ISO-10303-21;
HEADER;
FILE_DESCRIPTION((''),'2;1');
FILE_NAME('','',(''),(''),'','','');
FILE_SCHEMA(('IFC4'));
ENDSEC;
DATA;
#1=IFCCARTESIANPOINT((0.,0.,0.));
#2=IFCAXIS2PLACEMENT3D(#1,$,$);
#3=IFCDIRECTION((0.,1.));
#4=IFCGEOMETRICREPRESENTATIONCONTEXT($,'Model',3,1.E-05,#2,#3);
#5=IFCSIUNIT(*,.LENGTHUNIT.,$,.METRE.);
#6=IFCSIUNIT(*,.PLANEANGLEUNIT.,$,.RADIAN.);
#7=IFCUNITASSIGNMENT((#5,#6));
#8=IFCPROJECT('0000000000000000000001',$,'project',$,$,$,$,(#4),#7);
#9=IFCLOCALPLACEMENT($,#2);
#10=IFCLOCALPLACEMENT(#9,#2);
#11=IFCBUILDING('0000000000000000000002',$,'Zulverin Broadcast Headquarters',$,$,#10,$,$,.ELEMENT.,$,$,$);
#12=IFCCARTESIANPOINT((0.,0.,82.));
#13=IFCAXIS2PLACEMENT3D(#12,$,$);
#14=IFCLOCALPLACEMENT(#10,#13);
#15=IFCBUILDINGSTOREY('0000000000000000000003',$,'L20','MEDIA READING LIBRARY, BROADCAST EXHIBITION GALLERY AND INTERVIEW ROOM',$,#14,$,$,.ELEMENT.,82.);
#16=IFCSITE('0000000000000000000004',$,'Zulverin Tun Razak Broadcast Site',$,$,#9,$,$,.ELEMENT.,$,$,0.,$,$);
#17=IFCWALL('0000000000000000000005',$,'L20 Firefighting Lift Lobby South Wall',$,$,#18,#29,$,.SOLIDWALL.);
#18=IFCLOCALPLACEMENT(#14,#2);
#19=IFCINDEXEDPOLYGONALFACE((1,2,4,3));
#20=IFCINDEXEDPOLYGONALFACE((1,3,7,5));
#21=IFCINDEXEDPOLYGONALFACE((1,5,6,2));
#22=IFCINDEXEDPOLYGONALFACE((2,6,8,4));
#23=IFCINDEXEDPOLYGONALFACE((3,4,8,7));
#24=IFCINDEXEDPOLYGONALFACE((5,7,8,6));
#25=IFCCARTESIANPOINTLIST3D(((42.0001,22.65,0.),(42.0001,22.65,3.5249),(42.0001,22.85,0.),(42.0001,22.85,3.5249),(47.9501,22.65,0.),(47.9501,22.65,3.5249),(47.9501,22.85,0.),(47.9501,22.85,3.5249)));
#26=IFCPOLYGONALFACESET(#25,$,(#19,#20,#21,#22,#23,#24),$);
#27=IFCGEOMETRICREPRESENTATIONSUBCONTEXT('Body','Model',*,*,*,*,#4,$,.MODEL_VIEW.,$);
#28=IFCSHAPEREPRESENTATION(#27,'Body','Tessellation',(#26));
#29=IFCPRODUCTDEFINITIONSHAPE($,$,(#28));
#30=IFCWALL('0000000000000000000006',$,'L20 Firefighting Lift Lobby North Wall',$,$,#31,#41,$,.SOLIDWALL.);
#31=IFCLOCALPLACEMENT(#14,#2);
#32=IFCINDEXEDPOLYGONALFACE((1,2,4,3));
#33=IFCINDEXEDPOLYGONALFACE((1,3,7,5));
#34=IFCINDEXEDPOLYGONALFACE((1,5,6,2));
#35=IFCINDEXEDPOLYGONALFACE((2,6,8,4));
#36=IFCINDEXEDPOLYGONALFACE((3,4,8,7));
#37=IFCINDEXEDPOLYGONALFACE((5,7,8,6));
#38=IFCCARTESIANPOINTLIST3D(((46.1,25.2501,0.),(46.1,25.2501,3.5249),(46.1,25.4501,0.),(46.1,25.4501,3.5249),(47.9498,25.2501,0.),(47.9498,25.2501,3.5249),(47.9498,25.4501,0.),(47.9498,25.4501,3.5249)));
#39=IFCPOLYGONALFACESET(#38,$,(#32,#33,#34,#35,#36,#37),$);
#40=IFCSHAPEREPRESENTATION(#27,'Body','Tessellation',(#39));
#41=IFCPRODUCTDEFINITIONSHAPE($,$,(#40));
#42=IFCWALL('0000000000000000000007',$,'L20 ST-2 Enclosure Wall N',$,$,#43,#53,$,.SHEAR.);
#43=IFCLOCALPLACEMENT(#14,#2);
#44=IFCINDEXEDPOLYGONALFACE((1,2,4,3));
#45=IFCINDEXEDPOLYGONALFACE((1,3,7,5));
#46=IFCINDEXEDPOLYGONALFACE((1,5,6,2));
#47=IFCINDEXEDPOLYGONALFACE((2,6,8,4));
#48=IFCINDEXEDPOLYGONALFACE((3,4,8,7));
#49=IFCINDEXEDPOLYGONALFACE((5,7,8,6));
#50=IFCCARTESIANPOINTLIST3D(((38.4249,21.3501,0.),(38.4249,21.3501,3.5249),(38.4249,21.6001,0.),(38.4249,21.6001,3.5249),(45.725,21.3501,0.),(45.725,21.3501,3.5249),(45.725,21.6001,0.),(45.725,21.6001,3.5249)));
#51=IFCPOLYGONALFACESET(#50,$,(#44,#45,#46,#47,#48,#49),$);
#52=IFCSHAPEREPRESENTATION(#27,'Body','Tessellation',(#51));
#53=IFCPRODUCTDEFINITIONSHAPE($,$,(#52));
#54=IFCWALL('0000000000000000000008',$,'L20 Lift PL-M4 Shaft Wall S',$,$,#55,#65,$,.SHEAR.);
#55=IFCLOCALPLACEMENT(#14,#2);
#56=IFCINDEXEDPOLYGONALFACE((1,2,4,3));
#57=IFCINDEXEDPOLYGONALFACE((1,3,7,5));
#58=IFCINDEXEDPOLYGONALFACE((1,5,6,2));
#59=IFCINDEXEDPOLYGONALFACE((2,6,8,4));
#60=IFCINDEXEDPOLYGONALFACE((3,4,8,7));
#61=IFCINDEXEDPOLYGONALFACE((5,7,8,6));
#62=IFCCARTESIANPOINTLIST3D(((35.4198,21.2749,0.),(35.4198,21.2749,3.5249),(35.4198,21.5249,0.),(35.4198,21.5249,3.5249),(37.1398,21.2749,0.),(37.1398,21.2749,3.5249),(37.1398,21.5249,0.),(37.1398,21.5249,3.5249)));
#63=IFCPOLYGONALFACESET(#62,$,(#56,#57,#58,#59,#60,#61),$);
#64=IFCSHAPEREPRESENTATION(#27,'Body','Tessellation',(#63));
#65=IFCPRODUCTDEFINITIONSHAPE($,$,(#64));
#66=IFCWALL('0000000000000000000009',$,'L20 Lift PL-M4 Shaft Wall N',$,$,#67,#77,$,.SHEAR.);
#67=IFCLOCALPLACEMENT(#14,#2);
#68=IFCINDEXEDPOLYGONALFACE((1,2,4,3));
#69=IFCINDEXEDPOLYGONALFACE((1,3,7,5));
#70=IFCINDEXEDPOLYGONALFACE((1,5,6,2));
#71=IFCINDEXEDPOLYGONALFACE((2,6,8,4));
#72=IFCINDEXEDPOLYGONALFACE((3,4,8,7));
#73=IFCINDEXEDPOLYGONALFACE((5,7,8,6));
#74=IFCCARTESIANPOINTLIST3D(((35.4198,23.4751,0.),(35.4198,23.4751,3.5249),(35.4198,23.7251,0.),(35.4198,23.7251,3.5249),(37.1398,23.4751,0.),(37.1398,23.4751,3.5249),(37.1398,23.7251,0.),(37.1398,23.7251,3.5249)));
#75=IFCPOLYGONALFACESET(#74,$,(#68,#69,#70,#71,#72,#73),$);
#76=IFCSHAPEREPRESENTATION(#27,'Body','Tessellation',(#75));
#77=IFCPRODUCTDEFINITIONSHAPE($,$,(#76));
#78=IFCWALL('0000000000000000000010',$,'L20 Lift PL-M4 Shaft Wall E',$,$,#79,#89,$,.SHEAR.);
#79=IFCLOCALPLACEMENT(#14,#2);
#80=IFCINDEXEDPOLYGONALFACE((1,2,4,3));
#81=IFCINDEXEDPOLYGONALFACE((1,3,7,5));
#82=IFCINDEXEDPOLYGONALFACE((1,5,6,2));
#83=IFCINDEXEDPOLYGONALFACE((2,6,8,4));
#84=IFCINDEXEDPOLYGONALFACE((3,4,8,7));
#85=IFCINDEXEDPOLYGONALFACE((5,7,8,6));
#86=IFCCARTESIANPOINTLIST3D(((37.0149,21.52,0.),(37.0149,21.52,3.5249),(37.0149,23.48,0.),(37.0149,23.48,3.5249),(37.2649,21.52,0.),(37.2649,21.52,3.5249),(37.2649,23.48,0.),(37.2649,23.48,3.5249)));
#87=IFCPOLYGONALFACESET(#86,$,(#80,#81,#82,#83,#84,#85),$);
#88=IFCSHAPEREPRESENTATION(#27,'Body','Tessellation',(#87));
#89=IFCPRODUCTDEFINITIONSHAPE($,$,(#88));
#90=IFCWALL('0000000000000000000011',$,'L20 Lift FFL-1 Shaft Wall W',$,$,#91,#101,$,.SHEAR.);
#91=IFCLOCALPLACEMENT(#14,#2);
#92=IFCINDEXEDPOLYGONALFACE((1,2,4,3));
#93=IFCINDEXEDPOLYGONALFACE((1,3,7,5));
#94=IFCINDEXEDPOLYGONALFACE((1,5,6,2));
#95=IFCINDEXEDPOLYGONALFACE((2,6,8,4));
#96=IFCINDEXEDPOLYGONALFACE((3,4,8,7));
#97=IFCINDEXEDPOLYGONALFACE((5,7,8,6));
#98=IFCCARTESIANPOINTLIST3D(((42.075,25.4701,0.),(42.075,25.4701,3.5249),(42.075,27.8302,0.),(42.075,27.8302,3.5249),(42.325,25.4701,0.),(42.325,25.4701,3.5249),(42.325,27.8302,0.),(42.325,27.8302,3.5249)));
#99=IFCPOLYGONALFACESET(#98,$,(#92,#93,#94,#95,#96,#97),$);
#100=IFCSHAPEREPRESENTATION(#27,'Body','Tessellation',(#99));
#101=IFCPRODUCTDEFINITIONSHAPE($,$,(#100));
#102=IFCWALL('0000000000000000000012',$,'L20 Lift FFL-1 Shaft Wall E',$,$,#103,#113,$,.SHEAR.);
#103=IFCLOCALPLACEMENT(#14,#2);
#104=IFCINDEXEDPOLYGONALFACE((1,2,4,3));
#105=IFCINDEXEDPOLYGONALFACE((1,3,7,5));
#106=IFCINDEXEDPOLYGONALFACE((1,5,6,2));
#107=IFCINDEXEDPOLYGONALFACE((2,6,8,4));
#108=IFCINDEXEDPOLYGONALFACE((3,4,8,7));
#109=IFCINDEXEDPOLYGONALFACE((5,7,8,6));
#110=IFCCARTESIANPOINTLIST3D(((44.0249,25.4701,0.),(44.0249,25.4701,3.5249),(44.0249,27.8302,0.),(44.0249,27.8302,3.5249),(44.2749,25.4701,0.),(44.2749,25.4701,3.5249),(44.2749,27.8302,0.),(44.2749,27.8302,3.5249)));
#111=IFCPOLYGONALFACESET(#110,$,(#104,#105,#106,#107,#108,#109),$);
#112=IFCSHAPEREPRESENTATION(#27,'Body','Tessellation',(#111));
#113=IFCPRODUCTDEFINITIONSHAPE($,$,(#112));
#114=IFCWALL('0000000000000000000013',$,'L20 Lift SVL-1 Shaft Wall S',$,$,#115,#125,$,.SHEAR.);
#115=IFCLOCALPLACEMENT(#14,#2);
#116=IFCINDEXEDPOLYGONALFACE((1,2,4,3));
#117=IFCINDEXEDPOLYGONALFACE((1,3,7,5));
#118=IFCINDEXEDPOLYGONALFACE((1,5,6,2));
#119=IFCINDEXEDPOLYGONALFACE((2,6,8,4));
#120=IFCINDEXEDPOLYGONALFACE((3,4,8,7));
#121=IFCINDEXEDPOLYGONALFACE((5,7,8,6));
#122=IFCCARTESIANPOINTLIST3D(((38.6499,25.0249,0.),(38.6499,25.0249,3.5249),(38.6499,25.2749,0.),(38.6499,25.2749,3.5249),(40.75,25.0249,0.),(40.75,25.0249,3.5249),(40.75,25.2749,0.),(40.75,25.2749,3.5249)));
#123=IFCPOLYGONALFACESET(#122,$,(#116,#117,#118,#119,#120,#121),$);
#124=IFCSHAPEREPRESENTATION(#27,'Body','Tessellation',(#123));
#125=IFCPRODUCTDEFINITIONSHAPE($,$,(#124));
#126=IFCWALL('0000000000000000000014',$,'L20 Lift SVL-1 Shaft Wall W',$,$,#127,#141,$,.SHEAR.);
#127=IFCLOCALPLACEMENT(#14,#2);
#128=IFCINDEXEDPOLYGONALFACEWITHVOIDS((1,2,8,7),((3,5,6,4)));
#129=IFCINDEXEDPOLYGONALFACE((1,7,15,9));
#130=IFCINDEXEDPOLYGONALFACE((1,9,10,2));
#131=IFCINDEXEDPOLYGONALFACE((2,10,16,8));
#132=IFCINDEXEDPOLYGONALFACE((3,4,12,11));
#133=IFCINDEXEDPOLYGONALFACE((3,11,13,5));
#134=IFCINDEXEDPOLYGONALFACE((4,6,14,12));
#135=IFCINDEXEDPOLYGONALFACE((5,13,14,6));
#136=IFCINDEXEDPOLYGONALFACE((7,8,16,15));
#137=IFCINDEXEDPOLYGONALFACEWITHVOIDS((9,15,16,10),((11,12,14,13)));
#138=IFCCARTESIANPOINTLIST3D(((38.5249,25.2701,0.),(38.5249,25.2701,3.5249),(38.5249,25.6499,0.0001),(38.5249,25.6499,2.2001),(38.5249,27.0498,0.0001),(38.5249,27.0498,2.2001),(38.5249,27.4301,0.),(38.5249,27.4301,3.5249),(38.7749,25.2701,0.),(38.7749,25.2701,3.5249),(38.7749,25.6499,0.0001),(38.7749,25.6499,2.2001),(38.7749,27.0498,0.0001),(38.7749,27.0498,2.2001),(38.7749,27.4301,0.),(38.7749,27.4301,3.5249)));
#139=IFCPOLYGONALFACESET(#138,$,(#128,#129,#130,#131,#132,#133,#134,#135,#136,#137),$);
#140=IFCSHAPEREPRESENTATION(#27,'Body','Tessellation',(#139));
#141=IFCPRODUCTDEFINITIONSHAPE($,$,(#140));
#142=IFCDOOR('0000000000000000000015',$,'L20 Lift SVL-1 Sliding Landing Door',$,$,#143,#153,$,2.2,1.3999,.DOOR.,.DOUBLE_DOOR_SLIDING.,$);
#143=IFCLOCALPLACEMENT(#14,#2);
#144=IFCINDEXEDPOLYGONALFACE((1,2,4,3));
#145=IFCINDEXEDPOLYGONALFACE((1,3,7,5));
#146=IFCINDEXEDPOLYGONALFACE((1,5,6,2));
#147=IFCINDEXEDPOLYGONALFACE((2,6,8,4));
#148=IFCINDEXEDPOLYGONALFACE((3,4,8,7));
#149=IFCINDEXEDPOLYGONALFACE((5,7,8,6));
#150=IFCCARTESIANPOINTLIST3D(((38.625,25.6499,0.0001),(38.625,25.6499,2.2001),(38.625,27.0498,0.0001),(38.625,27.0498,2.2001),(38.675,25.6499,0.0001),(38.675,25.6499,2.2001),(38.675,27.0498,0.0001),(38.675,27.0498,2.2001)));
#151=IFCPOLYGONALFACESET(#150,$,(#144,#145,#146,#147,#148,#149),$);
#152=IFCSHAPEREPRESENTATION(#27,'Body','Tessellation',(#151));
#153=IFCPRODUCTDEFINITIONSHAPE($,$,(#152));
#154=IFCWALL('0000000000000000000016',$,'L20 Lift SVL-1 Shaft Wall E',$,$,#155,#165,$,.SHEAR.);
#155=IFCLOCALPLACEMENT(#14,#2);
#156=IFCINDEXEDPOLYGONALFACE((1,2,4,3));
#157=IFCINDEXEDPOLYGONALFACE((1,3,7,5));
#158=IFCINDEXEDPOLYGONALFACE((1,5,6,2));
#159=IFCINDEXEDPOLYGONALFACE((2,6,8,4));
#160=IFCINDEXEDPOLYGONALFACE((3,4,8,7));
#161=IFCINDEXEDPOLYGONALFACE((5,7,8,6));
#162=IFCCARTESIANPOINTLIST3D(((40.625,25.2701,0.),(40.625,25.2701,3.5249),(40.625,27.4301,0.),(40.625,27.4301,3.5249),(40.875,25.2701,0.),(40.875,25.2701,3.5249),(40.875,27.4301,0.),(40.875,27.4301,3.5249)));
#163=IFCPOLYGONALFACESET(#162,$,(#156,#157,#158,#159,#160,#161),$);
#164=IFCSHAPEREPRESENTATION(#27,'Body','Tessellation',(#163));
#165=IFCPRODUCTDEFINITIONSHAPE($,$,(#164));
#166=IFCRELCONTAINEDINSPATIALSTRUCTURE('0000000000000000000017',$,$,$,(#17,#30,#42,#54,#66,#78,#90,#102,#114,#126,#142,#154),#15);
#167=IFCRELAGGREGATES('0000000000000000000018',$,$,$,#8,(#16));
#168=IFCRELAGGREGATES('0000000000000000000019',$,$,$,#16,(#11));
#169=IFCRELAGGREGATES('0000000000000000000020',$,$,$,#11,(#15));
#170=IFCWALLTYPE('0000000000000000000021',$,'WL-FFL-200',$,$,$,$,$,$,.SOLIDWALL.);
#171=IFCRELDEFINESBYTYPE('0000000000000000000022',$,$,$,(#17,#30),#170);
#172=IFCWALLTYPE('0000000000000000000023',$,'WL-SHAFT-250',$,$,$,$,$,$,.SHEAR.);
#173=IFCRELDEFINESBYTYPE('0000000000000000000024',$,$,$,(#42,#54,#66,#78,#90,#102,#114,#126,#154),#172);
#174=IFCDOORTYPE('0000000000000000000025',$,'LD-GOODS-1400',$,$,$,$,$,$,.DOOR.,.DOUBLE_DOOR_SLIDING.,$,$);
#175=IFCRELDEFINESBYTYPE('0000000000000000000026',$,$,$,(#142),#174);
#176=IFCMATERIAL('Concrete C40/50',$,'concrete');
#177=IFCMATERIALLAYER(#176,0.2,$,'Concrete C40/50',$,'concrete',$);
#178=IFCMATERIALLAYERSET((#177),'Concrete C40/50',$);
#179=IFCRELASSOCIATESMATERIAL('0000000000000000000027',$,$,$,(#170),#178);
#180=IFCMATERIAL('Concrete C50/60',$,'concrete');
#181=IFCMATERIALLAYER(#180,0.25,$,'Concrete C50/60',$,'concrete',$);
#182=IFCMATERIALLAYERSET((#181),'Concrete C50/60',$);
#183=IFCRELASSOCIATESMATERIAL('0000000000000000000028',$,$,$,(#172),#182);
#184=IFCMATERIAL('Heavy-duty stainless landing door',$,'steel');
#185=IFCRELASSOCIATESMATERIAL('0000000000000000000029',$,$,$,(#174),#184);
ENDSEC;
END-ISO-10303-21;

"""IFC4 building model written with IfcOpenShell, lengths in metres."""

from ifc_helpers import new_model, si_unit, direction, frame, frame_2d, origin, place, context, subcontext, project, spatial, rectangle, extrude, material, layer, layer_set, type_object, element, fill, save


model = new_model("IFC4")

# Units and contexts
model_context = context("Model", 3, precision=1e-05, world=origin(), true_north=direction((0.0, 1.0)))
body_context = subcontext(model_context, "Body", "Model", "MODEL_VIEW")
ifc_project = project(units=[si_unit("LENGTHUNIT", "METRE"), si_unit("PLANEANGLEUNIT", "RADIAN")], contexts=[model_context])

# Site, building, storey
site_placement = place(None, origin())
site = spatial("IfcSite", under=ifc_project, at=site_placement, Name="Zulverin Tun Razak Broadcast Site", CompositionType="ELEMENT", RefElevation=0.0)
building_placement = place(site_placement, origin())
building = spatial("IfcBuilding", under=site, at=building_placement, Name="Zulverin Broadcast Headquarters", CompositionType="ELEMENT")
storey_placement = place(building_placement, frame((0.0, 0.0, 82.0)))
storey = spatial("IfcBuildingStorey", under=building, at=storey_placement, Name="L20", Description="MEDIA READING LIBRARY, BROADCAST EXHIBITION GALLERY AND INTERVIEW ROOM", CompositionType="ELEMENT", Elevation=82.0)

# Shared definitions
ifc_material_1 = material(Name="Concrete C40/50", Category="concrete")
ifc_layer_1 = layer(ifc_material_1, 0.2, Name="Concrete C40/50", Category="concrete")
ifc_layer_set_1 = layer_set([ifc_layer_1], Name="Concrete C40/50")
wall_type_1 = type_object("IfcWallType", Name="WL-FFL-200", PredefinedType="SOLIDWALL", material=ifc_layer_set_1)

# Walls
wall_1_placement = place(storey_placement, frame((42.0, 22.75, 0.0), z_axis=(0.0, 0.0, 1.0), x_axis=(1.0, 0.0, 0.0)))
element("IfcWall", 1, at=wall_1_placement, inside=storey, type_object=wall_type_1, Name="L20 Firefighting Lift Lobby South Wall", PredefinedType="SOLIDWALL", context=body_context, shape_type="SweptSolid", body=[
    extrude(rectangle(XDim=5.95, YDim=0.2, at=frame_2d((2.9751, 0.0))), origin(), (0.0, 0.0, 1.0), 3.5249),
])
wall_2_placement = place(storey_placement, frame((46.1001, 25.3501, 0.0), z_axis=(0.0, 0.0, 1.0), x_axis=(1.0, 0.0, 0.0)))
element("IfcWall", 2, at=wall_2_placement, inside=storey, type_object=wall_type_1, Name="L20 Firefighting Lift Lobby North Wall", PredefinedType="SOLIDWALL", context=body_context, shape_type="SweptSolid", body=[
    extrude(rectangle(XDim=1.8499, YDim=0.2, at=frame_2d((0.9248, 0.0))), origin(), (0.0, 0.0, 1.0), 3.5249),
])
ifc_material_2 = material(Name="Concrete C50/60", Category="concrete")
ifc_layer_2 = layer(ifc_material_2, 0.25, Name="Concrete C50/60", Category="concrete")
ifc_layer_set_2 = layer_set([ifc_layer_2], Name="Concrete C50/60")
wall_type_2 = type_object("IfcWallType", Name="WL-SHAFT-250", PredefinedType="SHEAR", material=ifc_layer_set_2)
wall_3_placement = place(storey_placement, frame((38.425, 21.4751, 0.0), z_axis=(0.0, 0.0, 1.0), x_axis=(1.0, 0.0, 0.0)))
element("IfcWall", 3, at=wall_3_placement, inside=storey, type_object=wall_type_2, Name="L20 ST-2 Enclosure Wall N", PredefinedType="SHEAR", context=body_context, shape_type="SweptSolid", body=[
    extrude(rectangle(XDim=7.3, YDim=0.25, at=frame_2d((3.6499, 0.0))), origin(), (0.0, 0.0, 1.0), 3.5249),
])
for number, where, z_axis, x_axis, name in (
    (4, (35.4199, 21.3999, 0.0), (0.0, 0.0, 1.0), (1.0, 0.0, 0.0), "L20 Lift PL-M4 Shaft Wall S"),
    (5, (35.4199, 23.6001, 0.0), (0.0, 0.0, 1.0), (1.0, 0.0, 0.0), "L20 Lift PL-M4 Shaft Wall N"),
):
    element("IfcWall", number, at=place(storey_placement, frame(where, z_axis=z_axis, x_axis=x_axis)), inside=storey, type_object=wall_type_2, Name=name, PredefinedType="SHEAR", context=body_context, shape_type="SweptSolid", body=[
        extrude(rectangle(XDim=1.72, YDim=0.25, at=frame_2d((0.8599, 0.0))), origin(), (0.0, 0.0, 1.0), 3.5249),
    ])
wall_4_placement = place(storey_placement, frame((37.1399, 21.52, 0.0), z_axis=(0.0, 0.0, 1.0), x_axis=(0.0, 1.0, 0.0)))
element("IfcWall", 6, at=wall_4_placement, inside=storey, type_object=wall_type_2, Name="L20 Lift PL-M4 Shaft Wall E", PredefinedType="SHEAR", context=body_context, shape_type="SweptSolid", body=[
    extrude(rectangle(XDim=1.96, YDim=0.25, at=frame_2d((0.98, 0.0))), origin(), (0.0, 0.0, 1.0), 3.5249),
])

# Walls
for number, where, z_axis, x_axis, name in (
    (7, (42.2, 25.47, 0.0), (0.0, 0.0, 1.0), (0.0, 1.0, 0.0), "L20 Lift FFL-1 Shaft Wall W"),
    (8, (44.1499, 25.47, 0.0), (0.0, 0.0, 1.0), (0.0, 1.0, 0.0), "L20 Lift FFL-1 Shaft Wall E"),
):
    element("IfcWall", number, at=place(storey_placement, frame(where, z_axis=z_axis, x_axis=x_axis)), inside=storey, type_object=wall_type_2, Name=name, PredefinedType="SHEAR", context=body_context, shape_type="SweptSolid", body=[
        extrude(rectangle(XDim=2.3601, YDim=0.25, at=frame_2d((1.1802, 0.0))), origin(), (0.0, 0.0, 1.0), 3.5249),
    ])

# Wall
wall_5_placement = place(storey_placement, frame((38.6499, 25.1499, 0.0), z_axis=(0.0, 0.0, 1.0), x_axis=(1.0, 0.0, 0.0)))
element("IfcWall", 9, at=wall_5_placement, inside=storey, type_object=wall_type_2, Name="L20 Lift SVL-1 Shaft Wall S", PredefinedType="SHEAR", context=body_context, shape_type="SweptSolid", body=[
    extrude(rectangle(XDim=2.1001, YDim=0.25, at=frame_2d((1.05, 0.0))), origin(), (0.0, 0.0, 1.0), 3.5249),
])

# Wall, opening, door
wall_6_placement = place(storey_placement, frame((38.6499, 25.27, 0.0), z_axis=(0.0, 0.0, 1.0), x_axis=(0.0, 1.0, 0.0)))
wall_6 = element("IfcWall", 10, at=wall_6_placement, inside=storey, type_object=wall_type_2, Name="L20 Lift SVL-1 Shaft Wall W", PredefinedType="SHEAR", context=body_context, shape_type="SweptSolid", body=[
    extrude(rectangle(XDim=2.1599, YDim=0.25, at=frame_2d((1.0801, 0.0))), origin(), (0.0, 0.0, 1.0), 3.5249),
])
opening_1_placement = place(wall_6_placement, frame((0.3799, 0.0, 0.0)))
opening_1 = element("IfcOpeningElement", 11, at=opening_1_placement, cuts=wall_6, PredefinedType="OPENING", context=body_context, shape_type="SweptSolid", body=[
    extrude(rectangle(XDim=1.3999, YDim=2.2, at=frame_2d((0.7, 1.1001))), frame((0.0, 0.135, 0.0), z_axis=(0.0, -1.0, 0.0), x_axis=(1.0, 0.0, 0.0)), (0.0, 0.0, 1.0), 0.27),
])
ifc_material_3 = material(Name="Heavy-duty stainless landing door", Category="steel")
door_type_1 = type_object("IfcDoorType", Name="LD-GOODS-1400", OperationType="DOUBLE_DOOR_SLIDING", PredefinedType="DOOR", material=ifc_material_3)
door_1_placement = place(opening_1_placement, origin())
door_1 = element("IfcDoor", 12, at=door_1_placement, inside=storey, type_object=door_type_1, Name="L20 Lift SVL-1 Sliding Landing Door", OperationType="DOUBLE_DOOR_SLIDING", OverallHeight=2.2, OverallWidth=1.3999, PredefinedType="DOOR", context=body_context, shape_type="SweptSolid", body=[
    extrude(rectangle(XDim=1.3999, YDim=2.2, at=frame_2d((0.7, 1.1001))), frame((0.0, 0.0249, 0.0), z_axis=(0.0, -1.0, 0.0), x_axis=(1.0, 0.0, 0.0)), (0.0, 0.0, 1.0), 0.05),
])
fill(opening_1, door_1)

# Wall
wall_7_placement = place(storey_placement, frame((40.75, 25.27, 0.0), z_axis=(0.0, 0.0, 1.0), x_axis=(0.0, 1.0, 0.0)))
element("IfcWall", 13, at=wall_7_placement, inside=storey, type_object=wall_type_2, Name="L20 Lift SVL-1 Shaft Wall E", PredefinedType="SHEAR", context=body_context, shape_type="SweptSolid", body=[
    extrude(rectangle(XDim=2.1599, YDim=0.25, at=frame_2d((1.0801, 0.0))), origin(), (0.0, 0.0, 1.0), 3.5249),
])

save(model, "model.ifc")
